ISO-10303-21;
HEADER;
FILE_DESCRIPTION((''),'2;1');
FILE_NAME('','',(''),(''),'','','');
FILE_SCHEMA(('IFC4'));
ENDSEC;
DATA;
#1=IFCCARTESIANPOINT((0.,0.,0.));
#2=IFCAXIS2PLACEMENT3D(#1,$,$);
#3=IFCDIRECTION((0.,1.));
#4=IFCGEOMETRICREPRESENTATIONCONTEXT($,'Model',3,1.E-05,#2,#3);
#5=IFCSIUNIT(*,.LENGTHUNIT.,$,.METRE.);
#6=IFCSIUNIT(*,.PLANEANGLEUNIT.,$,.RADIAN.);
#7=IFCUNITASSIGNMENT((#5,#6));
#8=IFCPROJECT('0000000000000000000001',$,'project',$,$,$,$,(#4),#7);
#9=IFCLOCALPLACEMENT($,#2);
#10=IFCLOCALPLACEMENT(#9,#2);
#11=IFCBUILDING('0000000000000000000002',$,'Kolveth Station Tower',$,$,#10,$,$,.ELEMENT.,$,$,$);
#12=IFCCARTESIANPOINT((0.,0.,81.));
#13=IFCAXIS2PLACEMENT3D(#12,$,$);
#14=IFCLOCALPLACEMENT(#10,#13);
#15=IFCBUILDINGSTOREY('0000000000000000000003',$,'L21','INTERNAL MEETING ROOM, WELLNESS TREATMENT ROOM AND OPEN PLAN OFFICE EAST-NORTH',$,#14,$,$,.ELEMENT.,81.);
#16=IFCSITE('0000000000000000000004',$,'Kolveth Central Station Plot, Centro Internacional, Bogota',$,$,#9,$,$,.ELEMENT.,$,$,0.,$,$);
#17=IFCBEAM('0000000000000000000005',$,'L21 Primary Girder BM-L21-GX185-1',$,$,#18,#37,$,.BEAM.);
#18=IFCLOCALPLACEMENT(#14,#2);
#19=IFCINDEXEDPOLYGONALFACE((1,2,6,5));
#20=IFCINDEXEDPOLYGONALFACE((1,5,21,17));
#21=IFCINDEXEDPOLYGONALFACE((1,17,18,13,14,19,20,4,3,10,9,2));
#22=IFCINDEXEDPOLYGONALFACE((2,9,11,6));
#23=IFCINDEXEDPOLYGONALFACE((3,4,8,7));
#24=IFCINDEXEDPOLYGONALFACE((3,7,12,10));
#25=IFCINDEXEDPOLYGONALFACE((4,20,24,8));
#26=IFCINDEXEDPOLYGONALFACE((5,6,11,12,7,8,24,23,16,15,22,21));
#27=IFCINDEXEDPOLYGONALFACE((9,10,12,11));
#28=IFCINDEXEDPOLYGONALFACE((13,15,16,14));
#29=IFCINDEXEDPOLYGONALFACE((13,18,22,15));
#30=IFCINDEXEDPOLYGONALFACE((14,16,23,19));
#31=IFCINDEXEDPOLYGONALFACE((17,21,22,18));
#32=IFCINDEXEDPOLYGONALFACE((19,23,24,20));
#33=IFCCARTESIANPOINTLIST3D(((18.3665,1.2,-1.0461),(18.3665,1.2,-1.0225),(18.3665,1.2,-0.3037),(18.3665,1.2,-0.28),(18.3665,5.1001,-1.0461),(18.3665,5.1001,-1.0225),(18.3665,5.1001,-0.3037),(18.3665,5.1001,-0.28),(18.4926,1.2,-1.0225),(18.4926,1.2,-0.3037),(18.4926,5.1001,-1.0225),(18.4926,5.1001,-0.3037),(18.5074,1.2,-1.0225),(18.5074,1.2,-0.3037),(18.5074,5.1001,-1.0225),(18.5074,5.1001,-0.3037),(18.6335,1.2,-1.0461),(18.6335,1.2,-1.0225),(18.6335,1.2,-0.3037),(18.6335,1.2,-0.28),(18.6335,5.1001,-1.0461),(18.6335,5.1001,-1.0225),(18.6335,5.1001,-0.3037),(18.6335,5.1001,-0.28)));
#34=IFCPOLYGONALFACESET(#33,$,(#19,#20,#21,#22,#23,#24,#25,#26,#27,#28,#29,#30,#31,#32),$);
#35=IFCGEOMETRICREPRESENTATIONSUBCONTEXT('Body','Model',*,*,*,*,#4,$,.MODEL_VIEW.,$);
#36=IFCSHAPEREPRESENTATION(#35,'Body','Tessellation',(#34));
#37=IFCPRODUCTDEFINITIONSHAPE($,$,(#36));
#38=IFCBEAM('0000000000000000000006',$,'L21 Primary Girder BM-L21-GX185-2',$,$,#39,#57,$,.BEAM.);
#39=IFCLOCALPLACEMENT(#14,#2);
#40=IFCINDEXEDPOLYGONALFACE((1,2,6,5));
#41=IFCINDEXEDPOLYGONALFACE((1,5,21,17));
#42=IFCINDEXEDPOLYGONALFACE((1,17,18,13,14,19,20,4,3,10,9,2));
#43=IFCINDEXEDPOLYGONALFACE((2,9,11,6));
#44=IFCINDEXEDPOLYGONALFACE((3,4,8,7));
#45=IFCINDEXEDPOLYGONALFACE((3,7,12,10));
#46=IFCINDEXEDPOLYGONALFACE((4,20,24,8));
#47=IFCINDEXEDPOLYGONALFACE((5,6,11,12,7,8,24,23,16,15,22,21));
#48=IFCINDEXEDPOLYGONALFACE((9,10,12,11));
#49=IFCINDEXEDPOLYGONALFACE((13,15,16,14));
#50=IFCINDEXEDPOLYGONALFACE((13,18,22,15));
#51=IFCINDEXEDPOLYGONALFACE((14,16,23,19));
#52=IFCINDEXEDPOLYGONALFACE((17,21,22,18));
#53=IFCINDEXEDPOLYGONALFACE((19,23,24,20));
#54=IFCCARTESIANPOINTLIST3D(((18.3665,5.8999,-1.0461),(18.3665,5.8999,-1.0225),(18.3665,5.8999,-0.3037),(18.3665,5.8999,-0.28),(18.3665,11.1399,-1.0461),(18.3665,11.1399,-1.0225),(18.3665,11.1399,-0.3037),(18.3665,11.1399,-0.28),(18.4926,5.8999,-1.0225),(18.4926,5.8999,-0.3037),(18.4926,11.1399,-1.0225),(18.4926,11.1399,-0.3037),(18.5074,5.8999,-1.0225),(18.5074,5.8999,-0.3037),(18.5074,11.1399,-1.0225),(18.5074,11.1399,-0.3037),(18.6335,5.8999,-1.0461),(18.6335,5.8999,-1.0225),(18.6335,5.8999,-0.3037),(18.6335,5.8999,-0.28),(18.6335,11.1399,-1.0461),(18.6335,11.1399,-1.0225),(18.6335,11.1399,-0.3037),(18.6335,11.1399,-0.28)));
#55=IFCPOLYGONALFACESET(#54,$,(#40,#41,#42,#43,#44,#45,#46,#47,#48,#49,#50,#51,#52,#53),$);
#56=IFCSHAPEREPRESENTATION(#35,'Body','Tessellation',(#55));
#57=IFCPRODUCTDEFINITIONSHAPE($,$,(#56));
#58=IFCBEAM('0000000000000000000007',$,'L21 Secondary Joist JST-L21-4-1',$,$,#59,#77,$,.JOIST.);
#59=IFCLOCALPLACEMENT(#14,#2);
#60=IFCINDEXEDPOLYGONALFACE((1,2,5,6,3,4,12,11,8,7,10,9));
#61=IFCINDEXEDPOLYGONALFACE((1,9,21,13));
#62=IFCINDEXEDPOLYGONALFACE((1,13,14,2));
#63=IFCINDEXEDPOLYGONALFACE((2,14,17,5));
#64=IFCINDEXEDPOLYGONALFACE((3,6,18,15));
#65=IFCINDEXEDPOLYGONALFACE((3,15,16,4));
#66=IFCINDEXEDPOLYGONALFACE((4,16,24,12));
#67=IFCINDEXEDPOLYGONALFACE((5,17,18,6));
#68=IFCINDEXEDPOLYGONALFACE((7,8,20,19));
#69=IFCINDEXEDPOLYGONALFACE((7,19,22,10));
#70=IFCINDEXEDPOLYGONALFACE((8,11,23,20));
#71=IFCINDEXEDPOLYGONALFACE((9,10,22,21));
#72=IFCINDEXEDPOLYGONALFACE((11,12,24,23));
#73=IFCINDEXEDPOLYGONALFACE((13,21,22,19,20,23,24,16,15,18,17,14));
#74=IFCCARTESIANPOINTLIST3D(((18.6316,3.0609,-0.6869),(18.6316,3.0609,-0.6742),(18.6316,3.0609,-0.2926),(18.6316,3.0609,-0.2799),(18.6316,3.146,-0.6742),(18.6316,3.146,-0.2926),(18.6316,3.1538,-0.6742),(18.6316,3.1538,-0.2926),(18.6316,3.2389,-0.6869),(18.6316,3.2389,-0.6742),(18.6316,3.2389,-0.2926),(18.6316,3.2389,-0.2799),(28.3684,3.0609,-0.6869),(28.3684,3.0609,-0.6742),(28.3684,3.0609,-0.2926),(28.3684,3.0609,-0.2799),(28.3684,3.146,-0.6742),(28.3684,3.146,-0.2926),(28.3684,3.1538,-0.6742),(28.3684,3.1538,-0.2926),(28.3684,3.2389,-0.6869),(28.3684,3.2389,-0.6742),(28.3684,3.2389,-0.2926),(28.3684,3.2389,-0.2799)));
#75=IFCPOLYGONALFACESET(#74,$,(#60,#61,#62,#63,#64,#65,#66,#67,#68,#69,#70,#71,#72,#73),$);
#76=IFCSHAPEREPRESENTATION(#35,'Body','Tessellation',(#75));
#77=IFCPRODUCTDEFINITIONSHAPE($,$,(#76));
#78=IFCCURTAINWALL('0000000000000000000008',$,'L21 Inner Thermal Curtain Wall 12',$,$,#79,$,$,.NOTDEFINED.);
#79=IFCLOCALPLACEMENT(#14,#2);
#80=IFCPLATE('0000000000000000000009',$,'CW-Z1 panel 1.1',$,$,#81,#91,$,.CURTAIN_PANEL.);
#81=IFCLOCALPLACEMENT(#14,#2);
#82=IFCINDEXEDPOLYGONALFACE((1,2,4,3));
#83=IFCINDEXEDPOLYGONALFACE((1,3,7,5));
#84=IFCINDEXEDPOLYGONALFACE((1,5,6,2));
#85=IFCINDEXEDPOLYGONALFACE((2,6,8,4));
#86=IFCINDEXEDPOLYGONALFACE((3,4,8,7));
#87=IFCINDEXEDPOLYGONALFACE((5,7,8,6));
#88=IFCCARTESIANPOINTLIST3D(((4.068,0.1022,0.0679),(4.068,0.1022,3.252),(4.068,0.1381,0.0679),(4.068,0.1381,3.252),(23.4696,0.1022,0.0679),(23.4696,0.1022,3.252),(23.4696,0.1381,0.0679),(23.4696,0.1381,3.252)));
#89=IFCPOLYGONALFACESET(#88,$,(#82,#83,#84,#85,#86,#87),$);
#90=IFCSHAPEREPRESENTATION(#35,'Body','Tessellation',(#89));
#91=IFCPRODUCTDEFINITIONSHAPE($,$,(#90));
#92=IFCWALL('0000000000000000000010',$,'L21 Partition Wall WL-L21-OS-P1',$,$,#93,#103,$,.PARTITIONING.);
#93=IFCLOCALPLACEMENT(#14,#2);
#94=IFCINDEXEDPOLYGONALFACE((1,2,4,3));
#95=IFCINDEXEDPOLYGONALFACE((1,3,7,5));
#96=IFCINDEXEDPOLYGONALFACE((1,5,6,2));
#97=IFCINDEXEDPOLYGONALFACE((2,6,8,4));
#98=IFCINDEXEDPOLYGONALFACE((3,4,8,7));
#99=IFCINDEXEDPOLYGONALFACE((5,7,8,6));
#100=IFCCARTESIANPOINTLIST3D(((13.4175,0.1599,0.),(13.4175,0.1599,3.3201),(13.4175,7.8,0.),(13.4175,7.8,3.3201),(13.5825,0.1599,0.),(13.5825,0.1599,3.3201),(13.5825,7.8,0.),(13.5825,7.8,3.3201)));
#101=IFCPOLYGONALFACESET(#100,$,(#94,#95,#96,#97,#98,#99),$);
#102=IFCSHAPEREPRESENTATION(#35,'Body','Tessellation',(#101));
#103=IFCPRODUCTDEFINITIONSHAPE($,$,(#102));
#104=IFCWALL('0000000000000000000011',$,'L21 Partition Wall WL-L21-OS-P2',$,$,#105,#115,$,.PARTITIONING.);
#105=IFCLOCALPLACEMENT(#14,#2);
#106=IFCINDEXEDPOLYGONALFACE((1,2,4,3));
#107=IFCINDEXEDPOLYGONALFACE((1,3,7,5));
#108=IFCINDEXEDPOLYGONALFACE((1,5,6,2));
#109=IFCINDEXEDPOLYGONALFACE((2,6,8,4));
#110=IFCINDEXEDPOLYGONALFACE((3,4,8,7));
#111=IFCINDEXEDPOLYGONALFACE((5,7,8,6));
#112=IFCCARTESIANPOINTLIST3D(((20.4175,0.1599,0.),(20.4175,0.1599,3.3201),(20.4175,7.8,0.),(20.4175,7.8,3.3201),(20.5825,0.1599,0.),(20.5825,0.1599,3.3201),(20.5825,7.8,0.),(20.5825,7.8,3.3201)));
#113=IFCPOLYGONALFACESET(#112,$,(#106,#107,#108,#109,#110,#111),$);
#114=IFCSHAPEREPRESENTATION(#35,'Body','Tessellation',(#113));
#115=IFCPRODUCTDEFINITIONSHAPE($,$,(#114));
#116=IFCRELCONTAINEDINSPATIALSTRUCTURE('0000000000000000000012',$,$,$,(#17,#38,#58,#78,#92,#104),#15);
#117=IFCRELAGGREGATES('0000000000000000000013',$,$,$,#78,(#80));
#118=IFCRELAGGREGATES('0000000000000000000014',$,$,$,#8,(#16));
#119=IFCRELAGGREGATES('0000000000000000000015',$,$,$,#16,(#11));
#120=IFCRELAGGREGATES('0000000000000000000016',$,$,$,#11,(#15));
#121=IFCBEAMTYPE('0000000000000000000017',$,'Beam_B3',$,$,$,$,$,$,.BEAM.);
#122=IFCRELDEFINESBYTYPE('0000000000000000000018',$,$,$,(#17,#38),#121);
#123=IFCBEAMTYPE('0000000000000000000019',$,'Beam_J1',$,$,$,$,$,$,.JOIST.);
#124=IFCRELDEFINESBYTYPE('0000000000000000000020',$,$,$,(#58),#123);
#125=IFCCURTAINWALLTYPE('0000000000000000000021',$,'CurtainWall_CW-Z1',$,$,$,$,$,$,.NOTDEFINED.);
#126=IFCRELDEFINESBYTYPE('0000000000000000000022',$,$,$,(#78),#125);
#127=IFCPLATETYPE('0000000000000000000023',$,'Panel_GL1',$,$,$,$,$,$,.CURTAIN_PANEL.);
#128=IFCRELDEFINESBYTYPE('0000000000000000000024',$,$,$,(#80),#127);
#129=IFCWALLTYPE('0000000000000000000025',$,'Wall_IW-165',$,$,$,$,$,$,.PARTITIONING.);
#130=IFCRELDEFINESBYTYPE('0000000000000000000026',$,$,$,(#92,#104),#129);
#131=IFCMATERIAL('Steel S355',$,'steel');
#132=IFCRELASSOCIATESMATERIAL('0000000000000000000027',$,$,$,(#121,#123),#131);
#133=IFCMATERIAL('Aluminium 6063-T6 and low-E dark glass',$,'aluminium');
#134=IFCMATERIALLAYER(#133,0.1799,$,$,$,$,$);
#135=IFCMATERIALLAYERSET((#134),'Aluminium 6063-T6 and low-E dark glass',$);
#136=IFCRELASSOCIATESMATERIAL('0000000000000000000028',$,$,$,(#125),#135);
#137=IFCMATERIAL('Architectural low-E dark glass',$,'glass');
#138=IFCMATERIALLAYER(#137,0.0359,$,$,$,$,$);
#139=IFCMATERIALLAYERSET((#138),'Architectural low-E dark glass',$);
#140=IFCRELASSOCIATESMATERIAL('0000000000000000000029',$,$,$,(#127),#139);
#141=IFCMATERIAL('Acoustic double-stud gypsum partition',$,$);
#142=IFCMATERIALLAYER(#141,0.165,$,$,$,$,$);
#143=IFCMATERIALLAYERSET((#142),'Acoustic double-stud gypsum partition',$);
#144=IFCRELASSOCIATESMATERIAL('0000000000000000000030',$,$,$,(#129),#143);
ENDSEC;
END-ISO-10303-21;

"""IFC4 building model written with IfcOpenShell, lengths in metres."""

from ifc_helpers import new_model, si_unit, direction, frame, frame_2d, origin, origin_2d, place, context, subcontext, project, spatial, rectangle, i_section, extrude, source, transform, mapped, material, layer, layer_set, material_profile, profile_set, type_object, element, aggregate, save


model = new_model("IFC4")

# Units and contexts
model_context = context("Model", 3, precision=1e-05, world=origin(), true_north=direction((0.0, 1.0)))
body_context = subcontext(model_context, "Body", "Model", "MODEL_VIEW")
ifc_project = project(units=[si_unit("LENGTHUNIT", "METRE"), si_unit("PLANEANGLEUNIT", "RADIAN")], contexts=[model_context])

# Site, building, storey
site_placement = place(None, origin())
site = spatial("IfcSite", under=ifc_project, at=site_placement, Name="Kolveth Central Station Plot, Centro Internacional, Bogota", CompositionType="ELEMENT", RefElevation=0.0)
building_placement = place(site_placement, origin())
building = spatial("IfcBuilding", under=site, at=building_placement, Name="Kolveth Station Tower", CompositionType="ELEMENT")
storey_placement = place(building_placement, frame((0.0, 0.0, 81.0)))
storey = spatial("IfcBuildingStorey", under=building, at=storey_placement, Name="L21", Description="INTERNAL MEETING ROOM, WELLNESS TREATMENT ROOM AND OPEN PLAN OFFICE EAST-NORTH", CompositionType="ELEMENT", Elevation=81.0)

# Shared definitions
ifc_material_1 = material(Name="Steel S355", Category="steel")

# Beams
ifc_material_profile_1 = material_profile(ifc_material_1, i_section(OverallWidth=0.2671, OverallDepth=0.7661, WebThickness=0.0149, FlangeThickness=0.0237, at=origin_2d()), Name="W760x185")
ifc_profile_set_1 = profile_set([ifc_material_profile_1], Name="Steel S355")
beam_type_1 = type_object("IfcBeamType", Name="Beam_B3", PredefinedType="BEAM", material=ifc_profile_set_1)
shared_shape_1 = source(origin(), body_context, "Body", "SweptSolid", [
    extrude(i_section(OverallWidth=0.2671, OverallDepth=0.7661, WebThickness=0.0149, FlangeThickness=0.0237, at=origin_2d()), origin(), (0.0, 0.0, 1.0), 3.9001),
])
beam_1_placement = place(storey_placement, frame((18.5, 1.2, -0.6631), z_axis=(0.0, 1.0, 0.0), x_axis=(-1.0, 0.0, 0.0)))
element("IfcBeam", 1, at=beam_1_placement, inside=storey, type_object=beam_type_1, Name="L21 Primary Girder BM-L21-GX185-1", PredefinedType="BEAM", context=body_context, shape_type="MappedRepresentation", body=[
    mapped(shared_shape_1, transform((0.0, 0.0, 0.0), x_axis=(1.0, 0.0, 0.0), y_axis=(0.0, 1.0, 0.0), z_axis=(0.0, 0.0, 1.0), scale=1.0)),
])
shared_shape_2 = source(origin(), body_context, "Body", "SweptSolid", [
    extrude(i_section(OverallWidth=0.2671, OverallDepth=0.7661, WebThickness=0.0149, FlangeThickness=0.0237, at=origin_2d()), origin(), (0.0, 0.0, 1.0), 5.24),
])
beam_2_placement = place(storey_placement, frame((18.5, 5.8999, -0.6631), z_axis=(0.0, 1.0, 0.0), x_axis=(-1.0, 0.0, 0.0)))
element("IfcBeam", 2, at=beam_2_placement, inside=storey, type_object=beam_type_1, Name="L21 Primary Girder BM-L21-GX185-2", PredefinedType="BEAM", context=body_context, shape_type="MappedRepresentation", body=[
    mapped(shared_shape_2, transform((0.0, 0.0, 0.0), x_axis=(1.0, 0.0, 0.0), y_axis=(0.0, 1.0, 0.0), z_axis=(0.0, 0.0, 1.0), scale=1.0)),
])
ifc_material_profile_2 = material_profile(ifc_material_1, i_section(OverallWidth=0.178, OverallDepth=0.407, WebThickness=0.0078, FlangeThickness=0.0127, at=origin_2d()), Name="W410x60")
ifc_profile_set_2 = profile_set([ifc_material_profile_2], Name="Steel S355")
beam_type_2 = type_object("IfcBeamType", Name="Beam_J1", PredefinedType="JOIST", material=ifc_profile_set_2)
shared_shape_3 = source(origin(), body_context, "Body", "SweptSolid", [
    extrude(i_section(OverallWidth=0.178, OverallDepth=0.407, WebThickness=0.0078, FlangeThickness=0.0127, at=origin_2d()), origin(), (0.0, 0.0, 1.0), 9.7368),
])
beam_3_placement = place(storey_placement, frame((18.6316, 3.1499, -0.4834), z_axis=(1.0, 0.0, 0.0), x_axis=(0.0, 1.0, 0.0)))
element("IfcBeam", 3, at=beam_3_placement, inside=storey, type_object=beam_type_2, Name="L21 Secondary Joist JST-L21-4-1", PredefinedType="JOIST", context=body_context, shape_type="MappedRepresentation", body=[
    mapped(shared_shape_3, transform((0.0, 0.0, 0.0), x_axis=(1.0, 0.0, 0.0), y_axis=(0.0, 1.0, 0.0), z_axis=(0.0, 0.0, 1.0), scale=1.0)),
])

# Curtain wall, plate
ifc_material_2 = material(Name="Aluminium 6063-T6 and low-E dark glass", Category="aluminium")
ifc_layer_1 = layer(ifc_material_2, 0.1799)
ifc_layer_set_1 = layer_set([ifc_layer_1], Name="Aluminium 6063-T6 and low-E dark glass")
curtain_wall_type = type_object("IfcCurtainWallType", Name="CurtainWall_CW-Z1", PredefinedType="NOTDEFINED", material=ifc_layer_set_1)
curtain_wall_placement = place(storey_placement, origin())
curtain_wall = element("IfcCurtainWall", 4, at=curtain_wall_placement, inside=storey, type_object=curtain_wall_type, Name="L21 Inner Thermal Curtain Wall 12", PredefinedType="NOTDEFINED")
ifc_material_3 = material(Name="Architectural low-E dark glass", Category="glass")
ifc_layer_2 = layer(ifc_material_3, 0.0359)
ifc_layer_set_2 = layer_set([ifc_layer_2], Name="Architectural low-E dark glass")
plate_type = type_object("IfcPlateType", Name="Panel_GL1", PredefinedType="CURTAIN_PANEL", material=ifc_layer_set_2)
shared_shape_4 = source(origin(), body_context, "Body", "SweptSolid", [
    extrude(rectangle(XDim=19.4016, YDim=0.0359, at=origin_2d()), origin(), (0.0, 0.0, 1.0), 3.1841),
])
plate_placement = place(storey_placement, frame((13.7688, 0.1201, 0.0679), z_axis=(0.0, 0.0, 1.0), x_axis=(1.0, 0.0, 0.0)))
plate = element("IfcPlate", 5, at=plate_placement, type_object=plate_type, Name="CW-Z1 panel 1.1", PredefinedType="CURTAIN_PANEL", context=body_context, shape_type="MappedRepresentation", body=[
    mapped(shared_shape_4, transform((0.0, 0.0, 0.0), x_axis=(1.0, 0.0, 0.0), y_axis=(0.0, 1.0, 0.0), z_axis=(0.0, 0.0, 1.0), scale=1.0)),
])
aggregate(curtain_wall, [plate])

# Walls
ifc_material_4 = material(Name="Acoustic double-stud gypsum partition")
ifc_layer_3 = layer(ifc_material_4, 0.165)
ifc_layer_set_3 = layer_set([ifc_layer_3], Name="Acoustic double-stud gypsum partition")
wall_type = type_object("IfcWallType", Name="Wall_IW-165", PredefinedType="PARTITIONING", material=ifc_layer_set_3)
for number, where, z_axis, x_axis, name in (
    (6, (13.5, 0.1599, 0.0), (0.0, 0.0, 1.0), (0.0, 1.0, 0.0), "L21 Partition Wall WL-L21-OS-P1"),
    (7, (20.5, 0.1599, 0.0), (0.0, 0.0, 1.0), (0.0, 1.0, 0.0), "L21 Partition Wall WL-L21-OS-P2"),
):
    element("IfcWall", number, at=place(storey_placement, frame(where, z_axis=z_axis, x_axis=x_axis)), inside=storey, type_object=wall_type, Name=name, PredefinedType="PARTITIONING", context=body_context, shape_type="SweptSolid", body=[
        extrude(rectangle(XDim=7.6401, YDim=0.165, at=frame_2d((3.8201, 0.0))), origin(), (0.0, 0.0, 1.0), 3.3201),
    ])

save(model, "model.ifc")
